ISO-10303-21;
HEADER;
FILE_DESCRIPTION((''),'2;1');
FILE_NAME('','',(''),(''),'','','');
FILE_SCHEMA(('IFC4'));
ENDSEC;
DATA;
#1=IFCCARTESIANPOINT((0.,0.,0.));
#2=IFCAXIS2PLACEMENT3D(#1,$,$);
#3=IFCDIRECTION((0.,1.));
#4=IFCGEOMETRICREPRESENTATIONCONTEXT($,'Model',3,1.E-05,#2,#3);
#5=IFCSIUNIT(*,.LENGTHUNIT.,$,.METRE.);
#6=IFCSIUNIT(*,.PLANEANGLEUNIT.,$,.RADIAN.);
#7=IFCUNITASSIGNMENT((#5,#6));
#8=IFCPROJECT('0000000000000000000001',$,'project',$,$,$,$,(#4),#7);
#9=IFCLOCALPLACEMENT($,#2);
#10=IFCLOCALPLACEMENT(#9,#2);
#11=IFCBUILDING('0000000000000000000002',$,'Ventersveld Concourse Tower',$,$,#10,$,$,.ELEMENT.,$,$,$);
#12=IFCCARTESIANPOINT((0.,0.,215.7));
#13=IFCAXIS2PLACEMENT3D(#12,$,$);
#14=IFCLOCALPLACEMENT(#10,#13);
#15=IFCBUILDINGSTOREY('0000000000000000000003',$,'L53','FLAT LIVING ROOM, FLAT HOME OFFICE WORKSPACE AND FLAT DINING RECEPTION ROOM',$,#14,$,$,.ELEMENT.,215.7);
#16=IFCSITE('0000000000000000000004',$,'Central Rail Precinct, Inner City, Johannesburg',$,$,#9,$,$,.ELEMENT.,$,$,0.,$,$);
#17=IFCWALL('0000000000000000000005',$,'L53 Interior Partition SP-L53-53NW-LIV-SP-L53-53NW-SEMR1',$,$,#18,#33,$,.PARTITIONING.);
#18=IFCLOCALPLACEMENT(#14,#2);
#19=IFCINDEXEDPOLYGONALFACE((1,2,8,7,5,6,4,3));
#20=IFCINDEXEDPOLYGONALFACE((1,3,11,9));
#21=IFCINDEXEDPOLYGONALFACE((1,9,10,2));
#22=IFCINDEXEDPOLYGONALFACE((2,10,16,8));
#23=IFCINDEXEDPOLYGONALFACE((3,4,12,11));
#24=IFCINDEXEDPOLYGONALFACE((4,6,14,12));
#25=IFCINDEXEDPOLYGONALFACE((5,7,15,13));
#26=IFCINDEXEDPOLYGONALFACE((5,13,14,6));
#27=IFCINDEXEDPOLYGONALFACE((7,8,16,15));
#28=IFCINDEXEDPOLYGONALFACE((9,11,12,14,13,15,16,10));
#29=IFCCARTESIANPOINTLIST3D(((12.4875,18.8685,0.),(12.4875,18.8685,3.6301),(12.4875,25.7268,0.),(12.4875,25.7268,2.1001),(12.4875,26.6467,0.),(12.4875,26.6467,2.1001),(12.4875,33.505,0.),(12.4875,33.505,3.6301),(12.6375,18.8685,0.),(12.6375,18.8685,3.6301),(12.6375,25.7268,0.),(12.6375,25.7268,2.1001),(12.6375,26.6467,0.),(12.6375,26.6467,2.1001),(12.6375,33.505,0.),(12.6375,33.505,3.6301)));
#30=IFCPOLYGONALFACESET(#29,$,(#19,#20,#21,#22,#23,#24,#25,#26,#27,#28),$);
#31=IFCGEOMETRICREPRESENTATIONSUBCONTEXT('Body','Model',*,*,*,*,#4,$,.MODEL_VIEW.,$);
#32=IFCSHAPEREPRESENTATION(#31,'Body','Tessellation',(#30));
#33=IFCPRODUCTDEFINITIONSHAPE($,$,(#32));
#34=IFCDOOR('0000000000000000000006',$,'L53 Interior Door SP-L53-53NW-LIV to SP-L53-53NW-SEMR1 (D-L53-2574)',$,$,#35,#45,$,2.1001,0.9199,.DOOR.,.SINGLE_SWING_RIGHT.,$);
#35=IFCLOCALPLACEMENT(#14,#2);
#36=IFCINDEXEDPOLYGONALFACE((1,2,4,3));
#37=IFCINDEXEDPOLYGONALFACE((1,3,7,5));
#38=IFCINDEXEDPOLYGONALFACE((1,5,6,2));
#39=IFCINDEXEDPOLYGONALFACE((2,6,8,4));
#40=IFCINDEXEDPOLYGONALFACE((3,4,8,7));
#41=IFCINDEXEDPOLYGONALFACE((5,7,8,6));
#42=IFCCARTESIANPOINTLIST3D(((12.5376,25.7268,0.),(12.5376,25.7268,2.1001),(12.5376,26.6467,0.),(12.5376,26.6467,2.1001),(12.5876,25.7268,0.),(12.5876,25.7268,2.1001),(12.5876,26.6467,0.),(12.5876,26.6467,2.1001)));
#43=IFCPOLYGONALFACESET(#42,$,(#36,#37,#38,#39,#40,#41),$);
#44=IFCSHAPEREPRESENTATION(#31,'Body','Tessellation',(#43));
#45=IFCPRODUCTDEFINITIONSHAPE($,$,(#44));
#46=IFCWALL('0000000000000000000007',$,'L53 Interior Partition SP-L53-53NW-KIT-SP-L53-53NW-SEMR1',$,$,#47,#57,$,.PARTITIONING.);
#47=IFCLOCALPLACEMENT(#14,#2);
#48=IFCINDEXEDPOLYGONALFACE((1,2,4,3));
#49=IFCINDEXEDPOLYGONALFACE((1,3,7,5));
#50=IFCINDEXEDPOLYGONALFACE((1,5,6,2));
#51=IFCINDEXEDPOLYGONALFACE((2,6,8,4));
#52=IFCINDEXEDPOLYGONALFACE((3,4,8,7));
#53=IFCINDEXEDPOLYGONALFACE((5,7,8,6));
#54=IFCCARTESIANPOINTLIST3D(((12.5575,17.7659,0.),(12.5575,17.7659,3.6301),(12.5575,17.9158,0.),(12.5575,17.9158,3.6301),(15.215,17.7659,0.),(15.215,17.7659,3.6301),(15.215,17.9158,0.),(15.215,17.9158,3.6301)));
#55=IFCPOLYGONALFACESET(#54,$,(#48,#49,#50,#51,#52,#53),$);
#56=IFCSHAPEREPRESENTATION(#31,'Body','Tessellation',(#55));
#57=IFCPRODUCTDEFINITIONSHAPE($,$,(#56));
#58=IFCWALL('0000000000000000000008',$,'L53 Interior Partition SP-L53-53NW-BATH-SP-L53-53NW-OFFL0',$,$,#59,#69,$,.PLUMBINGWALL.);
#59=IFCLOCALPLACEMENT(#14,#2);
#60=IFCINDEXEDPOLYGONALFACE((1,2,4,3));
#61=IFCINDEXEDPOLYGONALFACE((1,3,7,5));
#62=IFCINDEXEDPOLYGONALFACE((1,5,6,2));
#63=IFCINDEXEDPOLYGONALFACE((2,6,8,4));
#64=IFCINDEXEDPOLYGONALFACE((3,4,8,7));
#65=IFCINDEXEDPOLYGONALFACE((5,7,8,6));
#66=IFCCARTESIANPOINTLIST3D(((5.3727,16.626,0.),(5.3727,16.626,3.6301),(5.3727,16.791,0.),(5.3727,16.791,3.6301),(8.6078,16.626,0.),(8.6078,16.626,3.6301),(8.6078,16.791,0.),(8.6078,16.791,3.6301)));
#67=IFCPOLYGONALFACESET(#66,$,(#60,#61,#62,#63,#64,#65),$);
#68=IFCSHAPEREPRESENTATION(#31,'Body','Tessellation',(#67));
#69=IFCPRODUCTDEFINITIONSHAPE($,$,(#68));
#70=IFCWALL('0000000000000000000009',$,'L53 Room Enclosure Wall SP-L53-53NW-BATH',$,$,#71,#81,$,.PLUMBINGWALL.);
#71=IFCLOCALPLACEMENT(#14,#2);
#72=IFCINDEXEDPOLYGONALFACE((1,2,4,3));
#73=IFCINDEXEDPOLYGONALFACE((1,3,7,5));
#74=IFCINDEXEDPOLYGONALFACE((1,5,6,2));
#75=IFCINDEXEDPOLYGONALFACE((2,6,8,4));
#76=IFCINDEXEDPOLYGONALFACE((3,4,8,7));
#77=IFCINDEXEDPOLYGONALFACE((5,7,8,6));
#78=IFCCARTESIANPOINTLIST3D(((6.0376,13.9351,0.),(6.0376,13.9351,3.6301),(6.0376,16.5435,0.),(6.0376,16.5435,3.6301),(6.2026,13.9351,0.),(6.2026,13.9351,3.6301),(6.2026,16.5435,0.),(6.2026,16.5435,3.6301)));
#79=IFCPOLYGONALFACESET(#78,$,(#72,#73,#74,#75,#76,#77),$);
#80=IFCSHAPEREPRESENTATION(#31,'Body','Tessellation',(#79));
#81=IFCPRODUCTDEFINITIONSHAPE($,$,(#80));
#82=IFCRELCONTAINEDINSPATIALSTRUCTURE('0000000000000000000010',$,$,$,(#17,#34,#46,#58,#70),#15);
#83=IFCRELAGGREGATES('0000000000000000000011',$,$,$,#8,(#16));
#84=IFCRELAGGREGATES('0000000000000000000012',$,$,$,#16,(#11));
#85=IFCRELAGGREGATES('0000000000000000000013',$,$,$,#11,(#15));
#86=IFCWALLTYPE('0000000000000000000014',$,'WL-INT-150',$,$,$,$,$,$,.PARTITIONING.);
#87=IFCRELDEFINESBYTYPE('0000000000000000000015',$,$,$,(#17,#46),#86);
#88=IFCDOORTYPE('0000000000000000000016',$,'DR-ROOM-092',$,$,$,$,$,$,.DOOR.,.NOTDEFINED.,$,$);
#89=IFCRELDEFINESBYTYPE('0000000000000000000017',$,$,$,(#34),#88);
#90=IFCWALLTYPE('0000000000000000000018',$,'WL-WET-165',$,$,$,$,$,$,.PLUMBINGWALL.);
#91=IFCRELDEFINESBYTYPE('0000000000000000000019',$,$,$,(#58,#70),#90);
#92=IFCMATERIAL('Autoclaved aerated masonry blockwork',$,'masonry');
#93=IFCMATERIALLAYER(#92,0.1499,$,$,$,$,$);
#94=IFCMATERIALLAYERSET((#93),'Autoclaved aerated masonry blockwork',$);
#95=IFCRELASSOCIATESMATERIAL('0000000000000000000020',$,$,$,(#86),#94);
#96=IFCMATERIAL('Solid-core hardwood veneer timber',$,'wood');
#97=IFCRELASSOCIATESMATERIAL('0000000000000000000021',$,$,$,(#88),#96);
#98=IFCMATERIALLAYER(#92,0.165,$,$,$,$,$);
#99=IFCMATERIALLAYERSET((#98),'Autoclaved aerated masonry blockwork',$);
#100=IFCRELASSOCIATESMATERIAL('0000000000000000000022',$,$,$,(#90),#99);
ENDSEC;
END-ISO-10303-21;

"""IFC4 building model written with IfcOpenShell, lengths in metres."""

from ifc_helpers import new_model, si_unit, direction, frame, frame_2d, origin, place, context, subcontext, project, spatial, rectangle, extrude, material, layer, layer_set, type_object, element, fill, save


model = new_model("IFC4")

# Units and contexts
model_context = context("Model", 3, precision=1e-05, world=origin(), true_north=direction((0.0, 1.0)))
body_context = subcontext(model_context, "Body", "Model", "MODEL_VIEW")
ifc_project = project(units=[si_unit("LENGTHUNIT", "METRE"), si_unit("PLANEANGLEUNIT", "RADIAN")], contexts=[model_context])

# Site, building, storey
site_placement = place(None, origin())
site = spatial("IfcSite", under=ifc_project, at=site_placement, Name="Central Rail Precinct, Inner City, Johannesburg", CompositionType="ELEMENT", RefElevation=0.0)
building_placement = place(site_placement, origin())
building = spatial("IfcBuilding", under=site, at=building_placement, Name="Ventersveld Concourse Tower", CompositionType="ELEMENT")
storey_placement = place(building_placement, frame((0.0, 0.0, 215.7)))
storey = spatial("IfcBuildingStorey", under=building, at=storey_placement, Name="L53", Description="FLAT LIVING ROOM, FLAT HOME OFFICE WORKSPACE AND FLAT DINING RECEPTION ROOM", CompositionType="ELEMENT", Elevation=215.7)

# Shared definitions
ifc_material_1 = material(Name="Solid-core hardwood veneer timber", Category="wood")

# Shared definitions
ifc_material_2 = material(Name="Autoclaved aerated masonry blockwork", Category="masonry")
ifc_layer_1 = layer(ifc_material_2, 0.1499)
ifc_layer_set_1 = layer_set([ifc_layer_1], Name="Autoclaved aerated masonry blockwork")
wall_type_1 = type_object("IfcWallType", Name="WL-INT-150", PredefinedType="PARTITIONING", material=ifc_layer_set_1)
door_type_1 = type_object("IfcDoorType", Name="DR-ROOM-092", OperationType="NOTDEFINED", PredefinedType="DOOR", material=ifc_material_1)

# Wall, opening, door
wall_1_placement = place(storey_placement, frame((12.5625, 18.8684, 0.0), z_axis=(0.0, 0.0, 1.0), x_axis=(0.0, 1.0, 0.0)))
wall_1 = element("IfcWall", 1, at=wall_1_placement, inside=storey, type_object=wall_type_1, Name="L53 Interior Partition SP-L53-53NW-LIV-SP-L53-53NW-SEMR1", PredefinedType="PARTITIONING", context=body_context, shape_type="SweptSolid", body=[
    extrude(rectangle(XDim=14.6365, YDim=0.1499, at=frame_2d((7.3184, 0.0))), origin(), (0.0, 0.0, 1.0), 3.6301),
])
opening_1_placement = place(wall_1_placement, frame((6.8584, 0.0, 0.0)))
opening_1 = element("IfcOpeningElement", 2, at=opening_1_placement, cuts=wall_1, PredefinedType="OPENING", context=body_context, shape_type="SweptSolid", body=[
    extrude(rectangle(XDim=0.9199, YDim=2.1001, at=frame_2d((0.46, 1.05))), frame((0.0, 0.085, 0.0), z_axis=(0.0, -1.0, 0.0), x_axis=(1.0, 0.0, 0.0)), (0.0, 0.0, 1.0), 0.1699),
])
door_1_placement = place(opening_1_placement, origin())
door_1 = element("IfcDoor", 3, at=door_1_placement, inside=storey, type_object=door_type_1, Name="L53 Interior Door SP-L53-53NW-LIV to SP-L53-53NW-SEMR1 (D-L53-2574)", OperationType="SINGLE_SWING_RIGHT", OverallHeight=2.1001, OverallWidth=0.9199, PredefinedType="DOOR", context=body_context, shape_type="SweptSolid", body=[
    extrude(rectangle(XDim=0.9199, YDim=2.1001, at=frame_2d((0.46, 1.05))), frame((0.0, 0.0249, 0.0), z_axis=(0.0, -1.0, 0.0), x_axis=(1.0, 0.0, 0.0)), (0.0, 0.0, 1.0), 0.05),
])
fill(opening_1, door_1)

# Walls
wall_2_placement = place(storey_placement, frame((12.5576, 17.8408, 0.0), z_axis=(0.0, 0.0, 1.0), x_axis=(1.0, 0.0, 0.0)))
element("IfcWall", 4, at=wall_2_placement, inside=storey, type_object=wall_type_1, Name="L53 Interior Partition SP-L53-53NW-KIT-SP-L53-53NW-SEMR1", PredefinedType="PARTITIONING", context=body_context, shape_type="SweptSolid", body=[
    extrude(rectangle(XDim=2.6575, YDim=0.1499, at=frame_2d((1.3286, 0.0))), origin(), (0.0, 0.0, 1.0), 3.6301),
])
ifc_layer_2 = layer(ifc_material_2, 0.165)
ifc_layer_set_2 = layer_set([ifc_layer_2], Name="Autoclaved aerated masonry blockwork")
wall_type_2 = type_object("IfcWallType", Name="WL-WET-165", PredefinedType="PLUMBINGWALL", material=ifc_layer_set_2)
wall_3_placement = place(storey_placement, frame((5.3726, 16.7085, 0.0), z_axis=(0.0, 0.0, 1.0), x_axis=(1.0, 0.0, 0.0)))
element("IfcWall", 5, at=wall_3_placement, inside=storey, type_object=wall_type_2, Name="L53 Interior Partition SP-L53-53NW-BATH-SP-L53-53NW-OFFL0", PredefinedType="PLUMBINGWALL", context=body_context, shape_type="SweptSolid", body=[
    extrude(rectangle(XDim=3.2351, YDim=0.165, at=frame_2d((1.6177, 0.0))), origin(), (0.0, 0.0, 1.0), 3.6301),
])
wall_4_placement = place(storey_placement, frame((6.1201, 13.9351, 0.0), z_axis=(0.0, 0.0, 1.0), x_axis=(0.0, 1.0, 0.0)))
element("IfcWall", 6, at=wall_4_placement, inside=storey, type_object=wall_type_2, Name="L53 Room Enclosure Wall SP-L53-53NW-BATH", PredefinedType="PLUMBINGWALL", context=body_context, shape_type="SweptSolid", body=[
    extrude(rectangle(XDim=2.6084, YDim=0.165, at=frame_2d((1.3042, 0.0))), origin(), (0.0, 0.0, 1.0), 3.6301),
])

save(model, "model.ifc")
